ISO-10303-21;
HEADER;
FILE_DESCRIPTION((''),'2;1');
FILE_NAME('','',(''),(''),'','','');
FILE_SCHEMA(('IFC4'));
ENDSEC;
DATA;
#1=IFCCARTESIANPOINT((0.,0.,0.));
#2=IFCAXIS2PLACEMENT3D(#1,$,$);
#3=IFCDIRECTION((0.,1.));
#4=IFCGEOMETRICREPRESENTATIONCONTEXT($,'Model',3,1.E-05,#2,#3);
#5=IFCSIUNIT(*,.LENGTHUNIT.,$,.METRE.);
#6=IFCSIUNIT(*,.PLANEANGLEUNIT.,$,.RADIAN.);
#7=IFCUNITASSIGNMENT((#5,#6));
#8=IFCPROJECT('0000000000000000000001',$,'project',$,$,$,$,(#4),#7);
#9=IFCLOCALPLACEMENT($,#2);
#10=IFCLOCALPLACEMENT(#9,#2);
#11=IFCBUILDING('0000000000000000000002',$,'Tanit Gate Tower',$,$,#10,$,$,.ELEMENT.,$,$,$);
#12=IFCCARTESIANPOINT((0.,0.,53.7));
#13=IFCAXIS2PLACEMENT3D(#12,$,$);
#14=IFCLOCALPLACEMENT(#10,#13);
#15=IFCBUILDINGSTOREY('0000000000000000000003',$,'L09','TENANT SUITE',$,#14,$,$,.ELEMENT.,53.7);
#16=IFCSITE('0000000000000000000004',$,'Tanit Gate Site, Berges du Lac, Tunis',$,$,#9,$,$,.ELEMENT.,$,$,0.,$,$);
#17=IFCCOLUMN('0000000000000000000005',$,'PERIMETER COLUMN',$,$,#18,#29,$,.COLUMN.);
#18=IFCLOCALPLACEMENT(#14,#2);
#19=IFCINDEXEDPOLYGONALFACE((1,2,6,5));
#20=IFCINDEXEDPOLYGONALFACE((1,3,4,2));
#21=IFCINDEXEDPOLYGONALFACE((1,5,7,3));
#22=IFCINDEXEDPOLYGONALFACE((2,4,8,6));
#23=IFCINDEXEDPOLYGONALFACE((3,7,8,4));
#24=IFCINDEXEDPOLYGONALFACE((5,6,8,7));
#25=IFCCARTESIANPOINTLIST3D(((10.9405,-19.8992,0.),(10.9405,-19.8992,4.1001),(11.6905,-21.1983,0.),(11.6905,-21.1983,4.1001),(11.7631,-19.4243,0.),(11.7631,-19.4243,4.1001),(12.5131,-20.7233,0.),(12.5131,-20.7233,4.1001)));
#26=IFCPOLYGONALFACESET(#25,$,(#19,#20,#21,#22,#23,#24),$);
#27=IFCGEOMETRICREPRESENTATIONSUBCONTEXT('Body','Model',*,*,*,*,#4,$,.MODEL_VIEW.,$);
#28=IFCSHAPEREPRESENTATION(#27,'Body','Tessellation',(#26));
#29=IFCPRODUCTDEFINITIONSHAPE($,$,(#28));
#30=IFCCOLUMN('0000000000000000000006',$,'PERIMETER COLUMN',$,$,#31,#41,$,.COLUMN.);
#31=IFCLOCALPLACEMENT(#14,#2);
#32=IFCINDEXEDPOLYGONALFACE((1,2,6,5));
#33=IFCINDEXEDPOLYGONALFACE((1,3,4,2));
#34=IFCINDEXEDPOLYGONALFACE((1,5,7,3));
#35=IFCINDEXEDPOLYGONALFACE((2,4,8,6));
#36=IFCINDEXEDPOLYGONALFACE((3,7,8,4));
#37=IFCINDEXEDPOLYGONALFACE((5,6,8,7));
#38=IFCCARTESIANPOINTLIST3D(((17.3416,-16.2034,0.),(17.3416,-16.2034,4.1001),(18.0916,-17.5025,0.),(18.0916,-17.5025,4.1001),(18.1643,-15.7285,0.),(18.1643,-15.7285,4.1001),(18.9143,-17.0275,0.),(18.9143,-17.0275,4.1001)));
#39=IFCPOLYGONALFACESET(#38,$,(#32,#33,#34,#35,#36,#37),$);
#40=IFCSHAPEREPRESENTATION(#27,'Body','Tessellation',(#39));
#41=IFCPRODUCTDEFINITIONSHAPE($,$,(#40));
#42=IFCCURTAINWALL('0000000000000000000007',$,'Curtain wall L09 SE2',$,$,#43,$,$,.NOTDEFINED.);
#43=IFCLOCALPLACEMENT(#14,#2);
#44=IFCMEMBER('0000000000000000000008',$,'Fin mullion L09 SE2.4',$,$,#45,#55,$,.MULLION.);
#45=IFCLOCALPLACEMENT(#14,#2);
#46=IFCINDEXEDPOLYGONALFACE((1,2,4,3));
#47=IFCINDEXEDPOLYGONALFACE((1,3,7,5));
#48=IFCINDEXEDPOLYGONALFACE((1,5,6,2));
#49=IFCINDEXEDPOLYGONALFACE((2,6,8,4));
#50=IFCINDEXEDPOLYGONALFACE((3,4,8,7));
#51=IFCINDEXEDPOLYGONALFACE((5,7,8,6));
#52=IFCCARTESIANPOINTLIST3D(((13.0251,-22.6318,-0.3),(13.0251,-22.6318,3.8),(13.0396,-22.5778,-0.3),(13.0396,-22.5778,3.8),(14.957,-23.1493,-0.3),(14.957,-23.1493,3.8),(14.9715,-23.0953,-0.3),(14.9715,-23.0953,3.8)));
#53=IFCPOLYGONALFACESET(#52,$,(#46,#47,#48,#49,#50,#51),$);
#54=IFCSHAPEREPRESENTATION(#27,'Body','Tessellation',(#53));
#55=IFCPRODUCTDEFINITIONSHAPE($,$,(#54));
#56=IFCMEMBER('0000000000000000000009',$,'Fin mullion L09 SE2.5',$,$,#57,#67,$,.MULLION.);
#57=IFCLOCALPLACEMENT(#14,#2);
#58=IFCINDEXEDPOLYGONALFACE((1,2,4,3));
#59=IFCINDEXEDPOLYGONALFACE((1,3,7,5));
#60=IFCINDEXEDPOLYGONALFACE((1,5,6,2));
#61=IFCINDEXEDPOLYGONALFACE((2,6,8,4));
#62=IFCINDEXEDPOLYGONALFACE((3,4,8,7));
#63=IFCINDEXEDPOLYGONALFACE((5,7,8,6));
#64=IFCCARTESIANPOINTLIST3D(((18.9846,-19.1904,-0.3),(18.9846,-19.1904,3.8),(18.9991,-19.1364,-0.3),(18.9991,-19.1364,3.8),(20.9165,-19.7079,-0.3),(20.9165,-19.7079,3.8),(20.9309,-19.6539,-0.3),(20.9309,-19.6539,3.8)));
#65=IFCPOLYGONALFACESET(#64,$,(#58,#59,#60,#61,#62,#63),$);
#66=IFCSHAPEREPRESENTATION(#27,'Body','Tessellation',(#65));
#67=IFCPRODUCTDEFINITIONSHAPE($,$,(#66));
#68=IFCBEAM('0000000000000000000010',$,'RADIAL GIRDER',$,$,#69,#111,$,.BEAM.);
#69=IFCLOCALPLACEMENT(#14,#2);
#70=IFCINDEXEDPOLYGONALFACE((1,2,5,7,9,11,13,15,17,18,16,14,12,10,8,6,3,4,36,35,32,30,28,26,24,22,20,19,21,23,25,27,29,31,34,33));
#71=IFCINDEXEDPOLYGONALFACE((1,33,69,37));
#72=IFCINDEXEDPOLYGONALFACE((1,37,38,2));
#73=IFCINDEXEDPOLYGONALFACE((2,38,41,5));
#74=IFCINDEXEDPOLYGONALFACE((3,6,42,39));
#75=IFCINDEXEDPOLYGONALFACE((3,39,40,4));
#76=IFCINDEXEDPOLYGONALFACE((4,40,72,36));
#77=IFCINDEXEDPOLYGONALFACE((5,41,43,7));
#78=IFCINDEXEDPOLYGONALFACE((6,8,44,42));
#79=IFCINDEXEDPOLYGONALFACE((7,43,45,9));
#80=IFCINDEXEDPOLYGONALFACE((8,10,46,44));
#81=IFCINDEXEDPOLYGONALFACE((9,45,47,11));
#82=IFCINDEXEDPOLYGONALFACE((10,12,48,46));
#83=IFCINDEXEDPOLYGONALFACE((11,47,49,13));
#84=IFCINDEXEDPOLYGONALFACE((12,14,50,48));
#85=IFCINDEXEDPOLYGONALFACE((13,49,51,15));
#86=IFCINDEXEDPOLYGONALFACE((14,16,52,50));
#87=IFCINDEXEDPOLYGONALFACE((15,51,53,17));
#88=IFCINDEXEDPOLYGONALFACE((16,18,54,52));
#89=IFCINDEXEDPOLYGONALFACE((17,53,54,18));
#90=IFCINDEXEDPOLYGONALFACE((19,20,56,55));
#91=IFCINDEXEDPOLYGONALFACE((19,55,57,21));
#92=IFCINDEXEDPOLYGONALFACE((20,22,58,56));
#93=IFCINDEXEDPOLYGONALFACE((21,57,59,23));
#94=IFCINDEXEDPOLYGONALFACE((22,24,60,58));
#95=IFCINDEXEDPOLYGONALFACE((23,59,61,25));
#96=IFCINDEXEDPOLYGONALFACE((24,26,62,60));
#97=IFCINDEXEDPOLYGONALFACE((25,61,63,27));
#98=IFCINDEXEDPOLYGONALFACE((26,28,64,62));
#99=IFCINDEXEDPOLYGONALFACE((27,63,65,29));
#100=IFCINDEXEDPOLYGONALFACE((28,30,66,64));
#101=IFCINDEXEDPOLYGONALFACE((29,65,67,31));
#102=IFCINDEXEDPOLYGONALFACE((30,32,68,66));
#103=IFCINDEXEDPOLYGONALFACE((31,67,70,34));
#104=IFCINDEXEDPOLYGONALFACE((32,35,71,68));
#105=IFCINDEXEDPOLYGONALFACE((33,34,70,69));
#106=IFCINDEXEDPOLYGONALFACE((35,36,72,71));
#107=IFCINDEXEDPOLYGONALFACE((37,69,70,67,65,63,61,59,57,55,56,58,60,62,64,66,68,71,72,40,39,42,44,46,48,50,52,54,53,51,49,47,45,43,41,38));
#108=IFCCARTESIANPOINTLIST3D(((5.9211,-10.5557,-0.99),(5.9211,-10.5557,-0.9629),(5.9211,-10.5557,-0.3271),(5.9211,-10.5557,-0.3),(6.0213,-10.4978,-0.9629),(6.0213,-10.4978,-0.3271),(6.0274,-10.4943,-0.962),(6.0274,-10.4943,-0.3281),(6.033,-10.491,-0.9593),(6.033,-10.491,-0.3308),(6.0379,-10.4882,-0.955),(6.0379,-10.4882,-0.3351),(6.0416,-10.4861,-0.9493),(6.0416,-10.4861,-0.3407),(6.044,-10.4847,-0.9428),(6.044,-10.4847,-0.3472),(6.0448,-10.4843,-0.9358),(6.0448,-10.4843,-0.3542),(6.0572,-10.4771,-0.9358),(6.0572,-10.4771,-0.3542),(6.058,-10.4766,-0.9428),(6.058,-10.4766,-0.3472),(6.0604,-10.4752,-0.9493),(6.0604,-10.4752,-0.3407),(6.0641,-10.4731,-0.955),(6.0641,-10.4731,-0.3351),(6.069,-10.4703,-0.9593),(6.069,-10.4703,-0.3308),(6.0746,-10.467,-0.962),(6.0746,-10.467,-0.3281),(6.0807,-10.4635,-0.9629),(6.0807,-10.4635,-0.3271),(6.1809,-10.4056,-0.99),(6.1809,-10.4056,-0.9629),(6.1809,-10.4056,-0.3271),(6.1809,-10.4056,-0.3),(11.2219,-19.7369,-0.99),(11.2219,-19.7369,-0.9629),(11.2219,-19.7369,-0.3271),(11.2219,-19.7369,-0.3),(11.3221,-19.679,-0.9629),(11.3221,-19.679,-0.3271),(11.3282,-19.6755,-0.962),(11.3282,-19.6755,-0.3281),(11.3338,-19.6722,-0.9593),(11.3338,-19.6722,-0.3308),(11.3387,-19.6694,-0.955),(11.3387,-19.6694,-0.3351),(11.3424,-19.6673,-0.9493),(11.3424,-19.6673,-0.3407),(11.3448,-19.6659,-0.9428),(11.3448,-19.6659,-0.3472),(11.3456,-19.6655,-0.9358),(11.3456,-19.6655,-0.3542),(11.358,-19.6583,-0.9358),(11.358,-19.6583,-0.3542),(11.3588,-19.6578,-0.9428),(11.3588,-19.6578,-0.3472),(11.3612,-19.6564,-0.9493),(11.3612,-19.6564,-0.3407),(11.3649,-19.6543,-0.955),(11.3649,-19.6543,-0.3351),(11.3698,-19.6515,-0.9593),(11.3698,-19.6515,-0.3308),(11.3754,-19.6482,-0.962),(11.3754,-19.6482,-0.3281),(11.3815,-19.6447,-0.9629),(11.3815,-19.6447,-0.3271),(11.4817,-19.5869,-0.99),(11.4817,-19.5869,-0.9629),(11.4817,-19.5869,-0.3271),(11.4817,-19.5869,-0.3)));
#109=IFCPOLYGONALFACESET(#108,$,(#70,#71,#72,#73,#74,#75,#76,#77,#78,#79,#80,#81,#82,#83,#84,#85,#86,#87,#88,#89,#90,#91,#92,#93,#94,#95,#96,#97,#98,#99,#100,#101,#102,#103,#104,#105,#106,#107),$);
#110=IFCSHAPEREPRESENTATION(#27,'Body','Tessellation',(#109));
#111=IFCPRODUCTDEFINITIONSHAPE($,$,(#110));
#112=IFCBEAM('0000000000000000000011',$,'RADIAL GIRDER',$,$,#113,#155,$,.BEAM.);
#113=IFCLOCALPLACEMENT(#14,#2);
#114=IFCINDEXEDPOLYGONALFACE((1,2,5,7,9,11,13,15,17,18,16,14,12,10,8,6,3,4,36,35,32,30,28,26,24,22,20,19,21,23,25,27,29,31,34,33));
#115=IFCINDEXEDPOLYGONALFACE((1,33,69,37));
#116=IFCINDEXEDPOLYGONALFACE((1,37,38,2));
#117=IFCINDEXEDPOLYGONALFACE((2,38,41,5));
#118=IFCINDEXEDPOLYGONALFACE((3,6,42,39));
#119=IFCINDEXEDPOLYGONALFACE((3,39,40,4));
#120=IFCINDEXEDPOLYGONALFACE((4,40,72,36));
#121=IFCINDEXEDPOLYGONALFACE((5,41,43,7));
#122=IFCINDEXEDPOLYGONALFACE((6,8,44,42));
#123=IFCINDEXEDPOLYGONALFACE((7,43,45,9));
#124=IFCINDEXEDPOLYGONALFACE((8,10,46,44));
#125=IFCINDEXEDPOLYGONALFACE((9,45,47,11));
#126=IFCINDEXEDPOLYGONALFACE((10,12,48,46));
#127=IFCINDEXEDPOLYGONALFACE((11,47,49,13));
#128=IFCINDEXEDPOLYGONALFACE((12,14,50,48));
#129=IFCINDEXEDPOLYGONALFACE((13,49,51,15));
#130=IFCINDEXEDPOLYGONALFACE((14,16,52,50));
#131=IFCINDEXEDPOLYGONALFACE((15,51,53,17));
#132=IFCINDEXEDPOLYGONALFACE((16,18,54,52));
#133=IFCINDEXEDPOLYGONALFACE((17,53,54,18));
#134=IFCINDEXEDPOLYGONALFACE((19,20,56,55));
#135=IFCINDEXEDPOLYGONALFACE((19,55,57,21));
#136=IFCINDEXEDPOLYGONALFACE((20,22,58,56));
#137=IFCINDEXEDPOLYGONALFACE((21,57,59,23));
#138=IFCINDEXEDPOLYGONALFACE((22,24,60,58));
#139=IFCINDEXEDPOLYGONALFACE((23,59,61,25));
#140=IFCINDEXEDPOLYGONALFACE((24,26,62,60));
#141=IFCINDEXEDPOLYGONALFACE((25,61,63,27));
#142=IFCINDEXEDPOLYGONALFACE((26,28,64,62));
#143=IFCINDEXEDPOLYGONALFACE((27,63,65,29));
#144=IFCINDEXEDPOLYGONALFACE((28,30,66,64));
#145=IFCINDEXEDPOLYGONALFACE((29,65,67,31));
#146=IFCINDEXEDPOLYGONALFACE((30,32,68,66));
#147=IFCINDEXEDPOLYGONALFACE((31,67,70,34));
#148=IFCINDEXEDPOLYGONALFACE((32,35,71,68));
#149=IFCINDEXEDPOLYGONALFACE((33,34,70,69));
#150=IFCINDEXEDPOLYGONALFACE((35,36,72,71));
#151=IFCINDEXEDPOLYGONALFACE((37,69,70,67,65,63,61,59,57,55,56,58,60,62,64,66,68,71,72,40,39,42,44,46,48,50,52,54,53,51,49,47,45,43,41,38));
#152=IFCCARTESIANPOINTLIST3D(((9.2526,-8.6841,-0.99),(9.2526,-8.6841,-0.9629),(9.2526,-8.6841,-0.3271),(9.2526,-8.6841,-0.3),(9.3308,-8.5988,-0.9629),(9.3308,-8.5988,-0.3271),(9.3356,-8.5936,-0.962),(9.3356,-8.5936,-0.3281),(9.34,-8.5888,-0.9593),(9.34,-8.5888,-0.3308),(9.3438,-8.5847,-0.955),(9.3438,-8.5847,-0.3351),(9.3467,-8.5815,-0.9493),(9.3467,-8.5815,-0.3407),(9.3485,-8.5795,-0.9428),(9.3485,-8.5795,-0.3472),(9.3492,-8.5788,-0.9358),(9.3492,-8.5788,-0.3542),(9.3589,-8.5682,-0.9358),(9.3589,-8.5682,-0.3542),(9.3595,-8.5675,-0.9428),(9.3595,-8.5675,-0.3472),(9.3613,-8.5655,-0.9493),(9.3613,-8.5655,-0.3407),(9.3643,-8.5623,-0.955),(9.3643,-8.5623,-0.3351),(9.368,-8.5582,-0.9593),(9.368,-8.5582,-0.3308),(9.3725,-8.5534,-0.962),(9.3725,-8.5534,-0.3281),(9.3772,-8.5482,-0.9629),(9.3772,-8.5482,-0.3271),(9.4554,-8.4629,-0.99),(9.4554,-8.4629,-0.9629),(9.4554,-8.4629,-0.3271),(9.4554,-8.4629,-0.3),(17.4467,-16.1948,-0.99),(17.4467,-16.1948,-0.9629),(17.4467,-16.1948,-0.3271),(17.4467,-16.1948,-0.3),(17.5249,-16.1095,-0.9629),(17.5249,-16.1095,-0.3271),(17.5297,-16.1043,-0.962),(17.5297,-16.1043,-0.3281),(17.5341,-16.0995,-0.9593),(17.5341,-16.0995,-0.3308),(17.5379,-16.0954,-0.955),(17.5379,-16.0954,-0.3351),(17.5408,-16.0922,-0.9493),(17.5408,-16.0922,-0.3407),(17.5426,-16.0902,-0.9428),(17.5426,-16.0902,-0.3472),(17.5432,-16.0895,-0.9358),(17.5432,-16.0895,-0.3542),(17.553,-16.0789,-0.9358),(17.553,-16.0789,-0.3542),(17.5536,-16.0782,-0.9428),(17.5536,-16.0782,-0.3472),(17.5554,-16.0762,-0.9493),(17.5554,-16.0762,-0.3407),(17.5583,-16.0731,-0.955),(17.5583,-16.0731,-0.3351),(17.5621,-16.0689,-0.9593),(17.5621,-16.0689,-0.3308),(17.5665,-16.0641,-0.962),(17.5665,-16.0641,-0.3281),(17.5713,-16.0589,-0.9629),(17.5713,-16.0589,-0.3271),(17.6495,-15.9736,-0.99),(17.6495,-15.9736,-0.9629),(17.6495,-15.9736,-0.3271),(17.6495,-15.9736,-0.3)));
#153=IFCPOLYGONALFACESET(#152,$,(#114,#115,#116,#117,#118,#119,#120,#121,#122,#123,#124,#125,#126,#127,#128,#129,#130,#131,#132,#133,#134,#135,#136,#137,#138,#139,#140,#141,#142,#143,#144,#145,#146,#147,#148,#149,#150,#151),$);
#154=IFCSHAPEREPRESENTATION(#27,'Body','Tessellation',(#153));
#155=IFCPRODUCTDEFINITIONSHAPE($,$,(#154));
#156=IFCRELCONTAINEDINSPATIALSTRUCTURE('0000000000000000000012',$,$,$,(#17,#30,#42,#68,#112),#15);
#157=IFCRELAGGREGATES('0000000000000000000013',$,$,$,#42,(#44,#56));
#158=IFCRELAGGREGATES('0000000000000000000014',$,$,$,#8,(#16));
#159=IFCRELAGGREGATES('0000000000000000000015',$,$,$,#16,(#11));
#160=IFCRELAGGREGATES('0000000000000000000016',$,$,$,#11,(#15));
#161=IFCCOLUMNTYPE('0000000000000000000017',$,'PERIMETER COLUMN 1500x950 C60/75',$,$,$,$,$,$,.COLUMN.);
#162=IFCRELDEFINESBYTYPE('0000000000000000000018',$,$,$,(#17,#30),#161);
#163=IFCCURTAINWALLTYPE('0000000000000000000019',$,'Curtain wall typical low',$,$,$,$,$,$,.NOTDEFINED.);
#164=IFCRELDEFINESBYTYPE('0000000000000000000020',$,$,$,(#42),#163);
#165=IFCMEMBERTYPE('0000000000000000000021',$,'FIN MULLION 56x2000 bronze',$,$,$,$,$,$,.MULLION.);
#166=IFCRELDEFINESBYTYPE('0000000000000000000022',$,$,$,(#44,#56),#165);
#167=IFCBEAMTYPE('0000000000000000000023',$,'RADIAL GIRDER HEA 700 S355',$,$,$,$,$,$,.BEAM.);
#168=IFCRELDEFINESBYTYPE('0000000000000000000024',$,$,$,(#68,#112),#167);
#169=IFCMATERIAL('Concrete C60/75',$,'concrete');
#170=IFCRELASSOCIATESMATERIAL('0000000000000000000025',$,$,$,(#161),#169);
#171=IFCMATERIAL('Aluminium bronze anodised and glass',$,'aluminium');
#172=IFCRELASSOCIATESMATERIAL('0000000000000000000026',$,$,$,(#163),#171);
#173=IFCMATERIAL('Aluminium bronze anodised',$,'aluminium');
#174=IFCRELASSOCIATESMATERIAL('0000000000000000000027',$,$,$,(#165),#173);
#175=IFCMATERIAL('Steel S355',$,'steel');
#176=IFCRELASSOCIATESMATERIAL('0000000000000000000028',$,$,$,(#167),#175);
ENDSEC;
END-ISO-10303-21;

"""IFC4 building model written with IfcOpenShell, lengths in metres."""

from ifc_helpers import new_model, si_unit, direction, frame, origin, origin_2d, place, context, subcontext, project, spatial, rectangle, i_section, extrude, material, material_profile, profile_set, type_object, element, aggregate, save


model = new_model("IFC4")

# Units and contexts
model_context = context("Model", 3, precision=1e-05, world=origin(), true_north=direction((0.0, 1.0)))
body_context = subcontext(model_context, "Body", "Model", "MODEL_VIEW")
ifc_project = project(units=[si_unit("LENGTHUNIT", "METRE"), si_unit("PLANEANGLEUNIT", "RADIAN")], contexts=[model_context])

# Site, building, storey
site_placement = place(None, origin())
site = spatial("IfcSite", under=ifc_project, at=site_placement, Name="Tanit Gate Site, Berges du Lac, Tunis", CompositionType="ELEMENT", RefElevation=0.0)
building_placement = place(site_placement, origin())
building = spatial("IfcBuilding", under=site, at=building_placement, Name="Tanit Gate Tower", CompositionType="ELEMENT")
storey_placement = place(building_placement, frame((0.0, 0.0, 53.7)))
storey = spatial("IfcBuildingStorey", under=building, at=storey_placement, Name="L09", Description="TENANT SUITE", CompositionType="ELEMENT", Elevation=53.7)

# Columns
ifc_material_1 = material(Name="Concrete C60/75", Category="concrete")
ifc_material_profile_1 = material_profile(ifc_material_1, rectangle(XDim=1.5, YDim=0.95, at=origin_2d()), Name="RC 1500x950")
ifc_profile_set_1 = profile_set([ifc_material_profile_1], Name="Concrete C60/75")
column_type = type_object("IfcColumnType", Name="PERIMETER COLUMN 1500x950 C60/75", PredefinedType="COLUMN", material=ifc_profile_set_1)
for number, where, z_axis, x_axis, name in (
    (1, (11.7268, -20.3113, 0.0), (0.0, 0.0, 1.0), (0.5, -0.866025, 0.0), "PERIMETER COLUMN"),
    (2, (18.1279, -16.6155, 0.0), (0.0, 0.0, 1.0), (0.5, -0.866025, 0.0), "PERIMETER COLUMN"),
):
    element("IfcColumn", number, at=place(storey_placement, frame(where, z_axis=z_axis, x_axis=x_axis)), inside=storey, type_object=column_type, Name=name, PredefinedType="COLUMN", context=body_context, shape_type="SweptSolid", body=[
        extrude(rectangle(XDim=1.5, YDim=0.95, at=origin_2d()), origin(), (0.0, 0.0, 1.0), 4.1001),
    ])

# Curtain wall, members
ifc_material_2 = material(Name="Aluminium bronze anodised and glass", Category="aluminium")
curtain_wall_type = type_object("IfcCurtainWallType", Name="Curtain wall typical low", PredefinedType="NOTDEFINED", material=ifc_material_2)
curtain_wall_placement = place(storey_placement, origin())
curtain_wall = element("IfcCurtainWall", 3, at=curtain_wall_placement, inside=storey, type_object=curtain_wall_type, Name="Curtain wall L09 SE2", PredefinedType="NOTDEFINED")
ifc_material_3 = material(Name="Aluminium bronze anodised", Category="aluminium")
ifc_material_profile_2 = material_profile(ifc_material_3, rectangle(XDim=2.0, YDim=0.0559, at=origin_2d()), Name="56x2000 bronze fin mullion")
ifc_profile_set_2 = profile_set([ifc_material_profile_2], Name="Aluminium bronze anodised")
member_type_1 = type_object("IfcMemberType", Name="FIN MULLION 56x2000 bronze", PredefinedType="MULLION", material=ifc_profile_set_2)
member_1_placement = place(storey_placement, frame((13.9983, -22.8635, -0.3), z_axis=(0.0, 0.0, 1.0), x_axis=(-0.965944, 0.258752, 0.0)))
member_1 = element("IfcMember", 4, at=member_1_placement, type_object=member_type_1, Name="Fin mullion L09 SE2.4", PredefinedType="MULLION", context=body_context, shape_type="SweptSolid", body=[
    extrude(rectangle(XDim=2.0, YDim=0.0559, at=origin_2d()), origin(), (0.0, 0.0, 1.0), 4.1001),
])
member_2_placement = place(storey_placement, frame((19.9578, -19.4221, -0.3), z_axis=(0.0, 0.0, 1.0), x_axis=(-0.965944, 0.258752, 0.0)))
member_2 = element("IfcMember", 5, at=member_2_placement, type_object=member_type_1, Name="Fin mullion L09 SE2.5", PredefinedType="MULLION", context=body_context, shape_type="SweptSolid", body=[
    extrude(rectangle(XDim=2.0, YDim=0.0559, at=origin_2d()), origin(), (0.0, 0.0, 1.0), 4.1001),
])

# Beams
ifc_material_4 = material(Name="Steel S355", Category="steel")
ifc_material_profile_3 = material_profile(ifc_material_4, i_section(OverallWidth=0.3, OverallDepth=0.6899, WebThickness=0.0144, FlangeThickness=0.0271, FilletRadius=0.0271, at=origin_2d()), Name="HEA 700")
ifc_profile_set_3 = profile_set([ifc_material_profile_3], Name="Steel S355")
beam_type_1 = type_object("IfcBeamType", Name="RADIAL GIRDER HEA 700 S355", PredefinedType="BEAM", material=ifc_profile_set_3)
beam_1_placement = place(storey_placement, frame((11.3518, -19.6619, -0.645), z_axis=(-0.500003, 0.866024, 0.0), x_axis=(-0.866024, -0.500003, 0.0)))
element("IfcBeam", 6, at=beam_1_placement, inside=storey, type_object=beam_type_1, Name="RADIAL GIRDER", PredefinedType="BEAM", context=body_context, shape_type="SweptSolid", body=[
    extrude(i_section(OverallWidth=0.3, OverallDepth=0.6899, WebThickness=0.0144, FlangeThickness=0.0271, FilletRadius=0.0271, at=origin_2d()), origin(), (0.0, 0.0, 1.0), 10.6016),
])
beam_2_placement = place(storey_placement, frame((17.5481, -16.0842, -0.645), z_axis=(-0.737177, 0.6757, 0.0), x_axis=(-0.6757, -0.737177, 0.0)))
element("IfcBeam", 7, at=beam_2_placement, inside=storey, type_object=beam_type_1, Name="RADIAL GIRDER", PredefinedType="BEAM", context=body_context, shape_type="SweptSolid", body=[
    extrude(i_section(OverallWidth=0.3, OverallDepth=0.6899, WebThickness=0.0144, FlangeThickness=0.0271, FilletRadius=0.0271, at=origin_2d()), origin(), (0.0, 0.0, 1.0), 11.1155),
])

aggregate(curtain_wall, [member_1, member_2])

save(model, "model.ifc")
